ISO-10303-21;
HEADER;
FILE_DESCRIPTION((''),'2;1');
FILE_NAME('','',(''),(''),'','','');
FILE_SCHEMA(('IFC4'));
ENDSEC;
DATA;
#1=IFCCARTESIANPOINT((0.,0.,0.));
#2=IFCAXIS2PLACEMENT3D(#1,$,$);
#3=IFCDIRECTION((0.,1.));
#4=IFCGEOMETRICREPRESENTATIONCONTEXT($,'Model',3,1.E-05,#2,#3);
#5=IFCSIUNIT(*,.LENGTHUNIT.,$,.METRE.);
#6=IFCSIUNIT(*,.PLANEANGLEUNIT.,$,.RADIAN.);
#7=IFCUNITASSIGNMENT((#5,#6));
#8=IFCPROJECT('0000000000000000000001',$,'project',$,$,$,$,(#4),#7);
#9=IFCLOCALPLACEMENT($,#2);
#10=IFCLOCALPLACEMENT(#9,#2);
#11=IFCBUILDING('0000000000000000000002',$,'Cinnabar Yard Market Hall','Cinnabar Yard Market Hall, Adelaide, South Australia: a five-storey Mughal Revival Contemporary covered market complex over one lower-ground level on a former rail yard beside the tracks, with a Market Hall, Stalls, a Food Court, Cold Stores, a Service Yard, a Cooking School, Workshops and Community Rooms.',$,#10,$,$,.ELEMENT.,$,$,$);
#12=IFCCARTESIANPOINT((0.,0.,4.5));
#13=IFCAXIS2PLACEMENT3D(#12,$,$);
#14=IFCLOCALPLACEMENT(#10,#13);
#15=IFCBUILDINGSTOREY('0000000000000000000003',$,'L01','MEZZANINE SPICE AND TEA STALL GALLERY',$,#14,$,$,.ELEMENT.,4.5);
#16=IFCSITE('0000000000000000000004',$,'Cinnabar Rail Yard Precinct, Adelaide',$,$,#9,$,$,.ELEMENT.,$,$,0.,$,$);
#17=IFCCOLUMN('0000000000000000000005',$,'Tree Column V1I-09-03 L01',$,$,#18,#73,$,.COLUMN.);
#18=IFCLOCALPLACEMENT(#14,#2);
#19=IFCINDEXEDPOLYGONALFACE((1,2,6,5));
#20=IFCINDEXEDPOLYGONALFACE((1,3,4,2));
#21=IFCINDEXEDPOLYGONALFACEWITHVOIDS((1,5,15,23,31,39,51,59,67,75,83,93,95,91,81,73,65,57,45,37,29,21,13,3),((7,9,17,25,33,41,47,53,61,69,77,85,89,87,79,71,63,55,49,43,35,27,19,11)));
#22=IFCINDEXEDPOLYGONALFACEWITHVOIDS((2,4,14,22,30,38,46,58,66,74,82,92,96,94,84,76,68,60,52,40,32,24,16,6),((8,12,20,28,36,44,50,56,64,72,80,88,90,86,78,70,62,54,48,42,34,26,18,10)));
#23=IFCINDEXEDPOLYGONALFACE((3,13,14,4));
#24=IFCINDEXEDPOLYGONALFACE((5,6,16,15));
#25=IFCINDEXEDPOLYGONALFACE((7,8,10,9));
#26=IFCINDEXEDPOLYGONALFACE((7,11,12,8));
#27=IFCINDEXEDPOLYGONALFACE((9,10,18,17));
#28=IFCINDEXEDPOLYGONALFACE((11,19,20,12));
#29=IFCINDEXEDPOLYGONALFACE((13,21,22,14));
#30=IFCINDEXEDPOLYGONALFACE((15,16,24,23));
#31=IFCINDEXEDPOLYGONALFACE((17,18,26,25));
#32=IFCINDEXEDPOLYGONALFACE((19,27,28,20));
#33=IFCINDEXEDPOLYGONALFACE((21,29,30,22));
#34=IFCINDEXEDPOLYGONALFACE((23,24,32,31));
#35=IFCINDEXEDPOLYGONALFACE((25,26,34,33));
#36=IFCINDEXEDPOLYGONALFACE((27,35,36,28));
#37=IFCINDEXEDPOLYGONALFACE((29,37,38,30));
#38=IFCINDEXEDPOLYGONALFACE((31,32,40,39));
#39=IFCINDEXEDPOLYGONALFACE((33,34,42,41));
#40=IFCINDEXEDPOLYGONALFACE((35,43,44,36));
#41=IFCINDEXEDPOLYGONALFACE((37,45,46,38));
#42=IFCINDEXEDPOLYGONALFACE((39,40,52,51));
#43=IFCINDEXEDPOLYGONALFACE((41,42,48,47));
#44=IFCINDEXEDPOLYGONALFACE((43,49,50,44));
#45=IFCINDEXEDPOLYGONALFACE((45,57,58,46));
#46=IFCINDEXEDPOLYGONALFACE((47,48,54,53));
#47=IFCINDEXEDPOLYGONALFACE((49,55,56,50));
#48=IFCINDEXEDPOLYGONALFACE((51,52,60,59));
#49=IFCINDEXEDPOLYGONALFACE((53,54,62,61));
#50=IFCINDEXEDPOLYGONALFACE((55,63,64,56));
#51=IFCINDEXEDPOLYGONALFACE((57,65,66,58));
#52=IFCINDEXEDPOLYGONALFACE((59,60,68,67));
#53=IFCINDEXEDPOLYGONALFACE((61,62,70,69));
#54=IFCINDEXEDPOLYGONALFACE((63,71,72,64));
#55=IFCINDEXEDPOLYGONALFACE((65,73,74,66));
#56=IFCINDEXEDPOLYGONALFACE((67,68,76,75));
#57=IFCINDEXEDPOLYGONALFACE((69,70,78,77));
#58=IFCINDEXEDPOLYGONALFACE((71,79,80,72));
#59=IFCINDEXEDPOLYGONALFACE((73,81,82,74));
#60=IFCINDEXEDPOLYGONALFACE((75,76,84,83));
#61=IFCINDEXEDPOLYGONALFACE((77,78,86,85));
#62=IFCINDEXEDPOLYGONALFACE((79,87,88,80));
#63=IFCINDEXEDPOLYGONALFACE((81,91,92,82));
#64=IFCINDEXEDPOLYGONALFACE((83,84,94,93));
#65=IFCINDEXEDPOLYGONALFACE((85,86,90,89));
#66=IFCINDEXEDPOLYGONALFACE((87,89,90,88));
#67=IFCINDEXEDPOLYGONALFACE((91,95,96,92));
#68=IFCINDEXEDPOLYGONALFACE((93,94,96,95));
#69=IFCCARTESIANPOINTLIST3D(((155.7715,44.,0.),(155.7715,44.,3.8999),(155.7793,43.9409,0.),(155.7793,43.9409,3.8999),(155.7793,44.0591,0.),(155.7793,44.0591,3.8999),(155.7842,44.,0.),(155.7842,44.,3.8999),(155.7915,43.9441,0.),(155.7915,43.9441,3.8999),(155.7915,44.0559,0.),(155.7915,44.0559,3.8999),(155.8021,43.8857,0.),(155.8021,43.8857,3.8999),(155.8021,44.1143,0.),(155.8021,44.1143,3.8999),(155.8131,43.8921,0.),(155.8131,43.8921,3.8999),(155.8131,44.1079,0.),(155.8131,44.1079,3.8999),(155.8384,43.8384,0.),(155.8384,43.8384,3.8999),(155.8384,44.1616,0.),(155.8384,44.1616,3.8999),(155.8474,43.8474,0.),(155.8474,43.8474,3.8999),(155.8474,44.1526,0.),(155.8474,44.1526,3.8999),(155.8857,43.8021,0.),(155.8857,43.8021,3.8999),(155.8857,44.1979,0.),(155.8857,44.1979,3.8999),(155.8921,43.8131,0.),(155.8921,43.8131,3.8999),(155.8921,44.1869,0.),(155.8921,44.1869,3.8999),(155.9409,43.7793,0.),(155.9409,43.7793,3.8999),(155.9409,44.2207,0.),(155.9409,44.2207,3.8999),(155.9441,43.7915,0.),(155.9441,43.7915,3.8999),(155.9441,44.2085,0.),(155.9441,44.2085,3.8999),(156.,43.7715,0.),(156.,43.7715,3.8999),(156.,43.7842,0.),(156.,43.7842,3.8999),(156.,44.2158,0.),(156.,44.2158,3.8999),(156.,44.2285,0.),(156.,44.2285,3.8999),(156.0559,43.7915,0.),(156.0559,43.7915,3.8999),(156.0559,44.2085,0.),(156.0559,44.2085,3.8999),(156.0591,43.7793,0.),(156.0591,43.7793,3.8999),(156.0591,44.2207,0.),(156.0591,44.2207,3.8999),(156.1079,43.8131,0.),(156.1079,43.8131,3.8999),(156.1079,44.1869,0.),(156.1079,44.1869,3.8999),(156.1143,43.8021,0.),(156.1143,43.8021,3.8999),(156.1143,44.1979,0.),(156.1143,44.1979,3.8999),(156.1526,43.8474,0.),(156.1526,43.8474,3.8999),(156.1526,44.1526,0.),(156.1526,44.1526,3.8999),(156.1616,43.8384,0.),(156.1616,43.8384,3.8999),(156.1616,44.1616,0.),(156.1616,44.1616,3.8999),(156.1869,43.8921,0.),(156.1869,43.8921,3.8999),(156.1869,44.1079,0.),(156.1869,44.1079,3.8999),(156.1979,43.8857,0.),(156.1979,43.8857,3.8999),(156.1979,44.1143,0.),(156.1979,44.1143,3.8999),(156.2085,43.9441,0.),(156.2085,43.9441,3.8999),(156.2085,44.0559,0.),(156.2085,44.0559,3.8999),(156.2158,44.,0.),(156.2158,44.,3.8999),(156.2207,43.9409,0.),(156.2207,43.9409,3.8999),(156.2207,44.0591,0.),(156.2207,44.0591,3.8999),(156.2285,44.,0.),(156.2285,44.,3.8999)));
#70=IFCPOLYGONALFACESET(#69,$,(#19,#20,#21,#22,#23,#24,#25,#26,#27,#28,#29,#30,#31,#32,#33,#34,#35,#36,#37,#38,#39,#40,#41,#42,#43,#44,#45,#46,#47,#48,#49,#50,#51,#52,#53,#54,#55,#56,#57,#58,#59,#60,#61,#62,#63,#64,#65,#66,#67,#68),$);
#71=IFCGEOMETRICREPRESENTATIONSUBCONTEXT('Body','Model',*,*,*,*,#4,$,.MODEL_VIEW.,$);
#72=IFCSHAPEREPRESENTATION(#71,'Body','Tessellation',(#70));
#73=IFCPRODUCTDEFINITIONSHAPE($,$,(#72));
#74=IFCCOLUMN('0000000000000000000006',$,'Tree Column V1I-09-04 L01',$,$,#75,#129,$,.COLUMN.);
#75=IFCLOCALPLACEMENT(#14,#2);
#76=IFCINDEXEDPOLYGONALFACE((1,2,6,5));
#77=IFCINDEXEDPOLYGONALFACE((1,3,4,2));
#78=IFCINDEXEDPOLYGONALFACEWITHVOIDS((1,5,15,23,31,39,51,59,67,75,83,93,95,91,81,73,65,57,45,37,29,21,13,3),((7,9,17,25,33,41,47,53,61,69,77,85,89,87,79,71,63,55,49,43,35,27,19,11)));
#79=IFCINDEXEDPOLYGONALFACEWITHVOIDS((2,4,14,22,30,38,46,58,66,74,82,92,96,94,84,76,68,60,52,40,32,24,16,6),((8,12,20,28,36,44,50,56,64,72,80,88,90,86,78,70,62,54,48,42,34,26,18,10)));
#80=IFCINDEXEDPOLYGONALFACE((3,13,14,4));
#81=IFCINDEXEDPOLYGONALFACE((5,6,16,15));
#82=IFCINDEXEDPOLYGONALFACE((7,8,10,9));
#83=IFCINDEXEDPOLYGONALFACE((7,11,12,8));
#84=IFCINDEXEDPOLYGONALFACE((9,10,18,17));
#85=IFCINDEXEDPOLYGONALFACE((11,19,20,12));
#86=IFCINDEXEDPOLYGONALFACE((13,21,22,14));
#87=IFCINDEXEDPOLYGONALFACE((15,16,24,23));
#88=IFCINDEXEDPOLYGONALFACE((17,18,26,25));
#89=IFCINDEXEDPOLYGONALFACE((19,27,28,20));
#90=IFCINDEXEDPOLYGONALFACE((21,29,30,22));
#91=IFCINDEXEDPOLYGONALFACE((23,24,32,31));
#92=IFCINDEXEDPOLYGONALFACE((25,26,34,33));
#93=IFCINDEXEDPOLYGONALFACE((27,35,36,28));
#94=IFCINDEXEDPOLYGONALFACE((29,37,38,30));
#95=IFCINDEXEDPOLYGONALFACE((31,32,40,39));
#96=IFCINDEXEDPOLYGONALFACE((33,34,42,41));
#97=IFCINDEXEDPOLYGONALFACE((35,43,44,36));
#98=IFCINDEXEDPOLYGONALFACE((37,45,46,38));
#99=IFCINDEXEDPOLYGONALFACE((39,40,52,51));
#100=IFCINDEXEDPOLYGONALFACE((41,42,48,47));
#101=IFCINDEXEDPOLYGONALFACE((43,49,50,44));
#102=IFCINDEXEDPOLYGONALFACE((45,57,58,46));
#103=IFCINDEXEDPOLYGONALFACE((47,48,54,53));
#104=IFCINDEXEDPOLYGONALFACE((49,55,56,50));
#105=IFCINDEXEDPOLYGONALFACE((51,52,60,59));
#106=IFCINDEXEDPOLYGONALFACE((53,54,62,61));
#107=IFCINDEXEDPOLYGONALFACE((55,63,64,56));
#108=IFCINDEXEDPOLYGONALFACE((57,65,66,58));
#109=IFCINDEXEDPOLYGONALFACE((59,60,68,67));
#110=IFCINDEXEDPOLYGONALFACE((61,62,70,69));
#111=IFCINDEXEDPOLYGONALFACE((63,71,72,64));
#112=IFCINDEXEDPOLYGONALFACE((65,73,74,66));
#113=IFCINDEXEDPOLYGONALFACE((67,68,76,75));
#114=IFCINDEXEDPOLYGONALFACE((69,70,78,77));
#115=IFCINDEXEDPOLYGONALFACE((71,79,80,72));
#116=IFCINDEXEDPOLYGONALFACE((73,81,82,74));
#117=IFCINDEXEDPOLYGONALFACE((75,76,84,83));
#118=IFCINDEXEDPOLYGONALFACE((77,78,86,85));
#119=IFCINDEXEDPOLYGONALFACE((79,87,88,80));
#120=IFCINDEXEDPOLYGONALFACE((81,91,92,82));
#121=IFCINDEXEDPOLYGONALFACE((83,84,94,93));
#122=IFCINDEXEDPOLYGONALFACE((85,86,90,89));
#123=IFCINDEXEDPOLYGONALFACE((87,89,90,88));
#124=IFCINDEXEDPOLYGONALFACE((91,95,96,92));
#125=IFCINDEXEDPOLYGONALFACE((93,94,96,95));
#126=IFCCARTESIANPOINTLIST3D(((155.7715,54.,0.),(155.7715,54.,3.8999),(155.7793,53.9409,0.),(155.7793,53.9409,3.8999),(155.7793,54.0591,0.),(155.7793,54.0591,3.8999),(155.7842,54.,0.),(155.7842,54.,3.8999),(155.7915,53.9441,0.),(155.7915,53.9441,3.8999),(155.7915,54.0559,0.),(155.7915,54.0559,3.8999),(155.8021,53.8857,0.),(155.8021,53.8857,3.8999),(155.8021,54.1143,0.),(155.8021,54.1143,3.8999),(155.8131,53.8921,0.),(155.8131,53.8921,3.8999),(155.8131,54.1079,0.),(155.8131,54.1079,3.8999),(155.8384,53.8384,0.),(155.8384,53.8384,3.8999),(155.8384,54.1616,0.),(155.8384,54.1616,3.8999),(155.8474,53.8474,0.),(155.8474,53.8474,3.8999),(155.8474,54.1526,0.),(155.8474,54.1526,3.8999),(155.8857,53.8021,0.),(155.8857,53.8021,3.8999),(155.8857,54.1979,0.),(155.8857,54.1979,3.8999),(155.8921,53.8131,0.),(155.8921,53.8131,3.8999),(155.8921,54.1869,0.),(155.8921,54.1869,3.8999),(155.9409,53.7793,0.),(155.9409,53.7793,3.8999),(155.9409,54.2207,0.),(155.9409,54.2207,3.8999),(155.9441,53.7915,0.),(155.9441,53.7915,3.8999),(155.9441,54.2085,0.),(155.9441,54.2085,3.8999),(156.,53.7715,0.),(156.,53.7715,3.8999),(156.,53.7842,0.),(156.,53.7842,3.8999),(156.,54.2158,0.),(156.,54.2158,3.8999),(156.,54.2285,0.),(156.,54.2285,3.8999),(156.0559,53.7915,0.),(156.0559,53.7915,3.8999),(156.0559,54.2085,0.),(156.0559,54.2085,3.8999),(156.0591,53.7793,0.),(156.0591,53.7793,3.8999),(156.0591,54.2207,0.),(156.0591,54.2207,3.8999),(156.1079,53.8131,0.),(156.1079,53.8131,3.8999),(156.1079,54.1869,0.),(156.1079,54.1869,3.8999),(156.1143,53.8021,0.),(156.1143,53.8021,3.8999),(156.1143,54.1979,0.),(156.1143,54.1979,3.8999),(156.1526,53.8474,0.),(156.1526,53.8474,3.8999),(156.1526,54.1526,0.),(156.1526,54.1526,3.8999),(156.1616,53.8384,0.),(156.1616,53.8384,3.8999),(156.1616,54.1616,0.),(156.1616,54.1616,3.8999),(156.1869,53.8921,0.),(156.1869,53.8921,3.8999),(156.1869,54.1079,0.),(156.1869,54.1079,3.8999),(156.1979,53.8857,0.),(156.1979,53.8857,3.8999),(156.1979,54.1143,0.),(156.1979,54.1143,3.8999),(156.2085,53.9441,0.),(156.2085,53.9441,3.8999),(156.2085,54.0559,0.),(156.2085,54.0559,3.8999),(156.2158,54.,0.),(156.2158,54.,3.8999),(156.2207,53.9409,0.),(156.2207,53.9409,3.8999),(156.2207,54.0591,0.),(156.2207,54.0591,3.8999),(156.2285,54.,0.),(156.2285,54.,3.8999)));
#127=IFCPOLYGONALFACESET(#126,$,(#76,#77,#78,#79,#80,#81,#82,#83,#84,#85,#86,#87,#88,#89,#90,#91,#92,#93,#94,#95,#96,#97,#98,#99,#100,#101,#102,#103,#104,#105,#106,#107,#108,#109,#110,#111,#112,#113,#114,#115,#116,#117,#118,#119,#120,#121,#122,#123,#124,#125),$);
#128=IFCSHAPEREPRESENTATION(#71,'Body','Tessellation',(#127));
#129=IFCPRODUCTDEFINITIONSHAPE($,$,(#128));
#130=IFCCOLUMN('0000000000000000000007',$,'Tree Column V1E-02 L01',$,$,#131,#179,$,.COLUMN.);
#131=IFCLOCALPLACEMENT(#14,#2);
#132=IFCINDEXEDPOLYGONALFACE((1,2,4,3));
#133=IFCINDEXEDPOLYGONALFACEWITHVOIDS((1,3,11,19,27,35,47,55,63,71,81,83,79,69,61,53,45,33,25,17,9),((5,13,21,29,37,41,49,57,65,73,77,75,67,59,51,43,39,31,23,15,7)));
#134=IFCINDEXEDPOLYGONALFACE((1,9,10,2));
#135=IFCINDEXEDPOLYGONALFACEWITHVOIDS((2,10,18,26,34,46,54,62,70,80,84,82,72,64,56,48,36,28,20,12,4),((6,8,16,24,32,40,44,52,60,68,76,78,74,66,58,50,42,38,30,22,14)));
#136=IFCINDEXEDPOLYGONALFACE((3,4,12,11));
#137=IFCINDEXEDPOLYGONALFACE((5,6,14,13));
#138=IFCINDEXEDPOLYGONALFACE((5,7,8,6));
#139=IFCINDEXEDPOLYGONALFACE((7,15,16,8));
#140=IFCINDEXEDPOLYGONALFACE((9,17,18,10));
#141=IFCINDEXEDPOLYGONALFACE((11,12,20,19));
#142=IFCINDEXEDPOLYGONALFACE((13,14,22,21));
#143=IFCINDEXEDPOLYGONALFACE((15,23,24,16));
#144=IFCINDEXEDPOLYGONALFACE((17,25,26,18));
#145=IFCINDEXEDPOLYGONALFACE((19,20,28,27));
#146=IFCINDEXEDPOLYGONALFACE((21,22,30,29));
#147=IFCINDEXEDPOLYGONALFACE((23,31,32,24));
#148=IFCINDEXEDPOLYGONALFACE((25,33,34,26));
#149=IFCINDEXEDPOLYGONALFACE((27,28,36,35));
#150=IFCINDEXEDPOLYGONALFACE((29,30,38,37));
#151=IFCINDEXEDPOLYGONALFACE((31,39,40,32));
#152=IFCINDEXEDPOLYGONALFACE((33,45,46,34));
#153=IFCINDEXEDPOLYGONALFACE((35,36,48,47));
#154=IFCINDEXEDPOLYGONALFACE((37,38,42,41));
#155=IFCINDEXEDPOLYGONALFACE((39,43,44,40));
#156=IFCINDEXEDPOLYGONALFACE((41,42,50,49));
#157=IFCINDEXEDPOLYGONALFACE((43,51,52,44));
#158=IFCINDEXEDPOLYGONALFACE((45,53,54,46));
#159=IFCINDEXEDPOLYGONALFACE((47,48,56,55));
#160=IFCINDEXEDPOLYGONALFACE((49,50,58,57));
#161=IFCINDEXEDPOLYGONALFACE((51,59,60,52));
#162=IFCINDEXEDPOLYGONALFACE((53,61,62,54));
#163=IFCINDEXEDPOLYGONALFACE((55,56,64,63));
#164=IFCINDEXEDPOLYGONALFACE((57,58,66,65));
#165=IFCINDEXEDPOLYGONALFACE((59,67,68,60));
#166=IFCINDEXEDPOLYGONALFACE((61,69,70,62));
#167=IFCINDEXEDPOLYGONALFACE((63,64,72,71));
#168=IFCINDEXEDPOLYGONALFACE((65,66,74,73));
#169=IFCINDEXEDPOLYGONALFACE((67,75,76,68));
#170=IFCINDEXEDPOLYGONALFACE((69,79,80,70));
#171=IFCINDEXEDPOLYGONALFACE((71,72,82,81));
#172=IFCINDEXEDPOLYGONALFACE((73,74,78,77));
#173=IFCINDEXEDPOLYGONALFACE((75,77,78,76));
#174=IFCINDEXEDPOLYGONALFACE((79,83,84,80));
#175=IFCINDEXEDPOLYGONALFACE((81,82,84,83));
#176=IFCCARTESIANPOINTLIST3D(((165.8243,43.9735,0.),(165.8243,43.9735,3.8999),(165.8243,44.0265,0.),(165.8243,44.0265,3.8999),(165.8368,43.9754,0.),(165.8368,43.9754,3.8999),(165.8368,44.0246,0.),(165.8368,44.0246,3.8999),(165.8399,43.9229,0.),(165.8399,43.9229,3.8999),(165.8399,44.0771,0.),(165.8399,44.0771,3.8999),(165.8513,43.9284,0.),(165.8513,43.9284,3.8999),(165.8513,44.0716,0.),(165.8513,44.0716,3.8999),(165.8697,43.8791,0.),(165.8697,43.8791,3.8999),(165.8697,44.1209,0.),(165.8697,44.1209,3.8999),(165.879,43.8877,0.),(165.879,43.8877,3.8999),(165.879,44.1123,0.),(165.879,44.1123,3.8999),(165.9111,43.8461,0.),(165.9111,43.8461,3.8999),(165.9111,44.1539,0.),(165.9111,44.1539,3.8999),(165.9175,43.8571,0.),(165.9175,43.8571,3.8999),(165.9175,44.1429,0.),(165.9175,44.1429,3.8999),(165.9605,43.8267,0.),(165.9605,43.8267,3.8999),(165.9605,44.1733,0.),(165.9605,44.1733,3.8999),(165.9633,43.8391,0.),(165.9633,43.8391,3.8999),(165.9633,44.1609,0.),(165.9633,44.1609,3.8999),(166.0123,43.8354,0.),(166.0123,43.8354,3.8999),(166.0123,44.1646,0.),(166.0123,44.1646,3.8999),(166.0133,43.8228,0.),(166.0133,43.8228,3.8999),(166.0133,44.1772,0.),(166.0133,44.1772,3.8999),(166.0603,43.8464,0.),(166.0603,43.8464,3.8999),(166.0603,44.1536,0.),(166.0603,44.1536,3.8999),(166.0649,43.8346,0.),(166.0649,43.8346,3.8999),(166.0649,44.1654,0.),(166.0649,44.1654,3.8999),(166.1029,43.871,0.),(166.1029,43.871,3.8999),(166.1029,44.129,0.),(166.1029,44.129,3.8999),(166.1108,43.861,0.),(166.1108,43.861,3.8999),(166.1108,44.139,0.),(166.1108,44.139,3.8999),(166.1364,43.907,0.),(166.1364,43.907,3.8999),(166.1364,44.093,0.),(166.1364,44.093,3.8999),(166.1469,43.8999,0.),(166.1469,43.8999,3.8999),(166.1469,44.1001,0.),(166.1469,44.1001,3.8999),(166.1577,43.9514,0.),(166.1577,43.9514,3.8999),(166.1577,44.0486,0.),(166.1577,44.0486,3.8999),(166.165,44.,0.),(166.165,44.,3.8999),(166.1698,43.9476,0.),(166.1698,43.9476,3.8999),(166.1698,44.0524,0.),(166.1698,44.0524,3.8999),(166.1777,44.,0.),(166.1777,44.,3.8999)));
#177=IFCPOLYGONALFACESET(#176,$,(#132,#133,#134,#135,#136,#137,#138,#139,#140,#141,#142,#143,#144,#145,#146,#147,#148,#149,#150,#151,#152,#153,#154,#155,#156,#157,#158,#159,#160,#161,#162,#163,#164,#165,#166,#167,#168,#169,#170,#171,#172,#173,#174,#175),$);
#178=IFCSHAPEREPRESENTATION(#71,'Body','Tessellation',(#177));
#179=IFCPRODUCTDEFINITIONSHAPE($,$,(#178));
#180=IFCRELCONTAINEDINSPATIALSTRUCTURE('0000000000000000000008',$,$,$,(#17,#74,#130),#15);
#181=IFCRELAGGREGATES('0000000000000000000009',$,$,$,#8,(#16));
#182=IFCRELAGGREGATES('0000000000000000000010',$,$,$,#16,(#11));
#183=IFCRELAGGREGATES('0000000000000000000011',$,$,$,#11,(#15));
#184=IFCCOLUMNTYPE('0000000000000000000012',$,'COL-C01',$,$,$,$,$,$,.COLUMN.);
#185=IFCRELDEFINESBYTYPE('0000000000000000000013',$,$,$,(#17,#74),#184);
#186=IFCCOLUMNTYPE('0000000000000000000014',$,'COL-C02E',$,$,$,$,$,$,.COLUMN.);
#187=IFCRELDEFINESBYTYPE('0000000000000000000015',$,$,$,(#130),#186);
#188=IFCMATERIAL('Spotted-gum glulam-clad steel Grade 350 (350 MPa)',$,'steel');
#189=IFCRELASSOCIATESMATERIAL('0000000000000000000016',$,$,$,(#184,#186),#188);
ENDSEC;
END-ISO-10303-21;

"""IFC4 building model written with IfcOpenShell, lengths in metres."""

from ifc_helpers import new_model, si_unit, direction, frame, origin, origin_2d_with_axis, place, context, subcontext, project, spatial, hollow_circle, extrude, material, material_profile, profile_set, type_object, element, save


model = new_model("IFC4")

# Units and contexts
model_context = context("Model", 3, precision=1e-05, world=origin(), true_north=direction((0.0, 1.0)))
body_context = subcontext(model_context, "Body", "Model", "MODEL_VIEW")
ifc_project = project(units=[si_unit("LENGTHUNIT", "METRE"), si_unit("PLANEANGLEUNIT", "RADIAN")], contexts=[model_context])

# Site, building, storey
site_placement = place(None, origin())
site = spatial("IfcSite", under=ifc_project, at=site_placement, Name="Cinnabar Rail Yard Precinct, Adelaide", CompositionType="ELEMENT", RefElevation=0.0)
building_placement = place(site_placement, origin())
building = spatial("IfcBuilding", under=site, at=building_placement, Name="Cinnabar Yard Market Hall", Description="Cinnabar Yard Market Hall, Adelaide, South Australia: a five-storey Mughal Revival Contemporary covered market complex over one lower-ground level on a former rail yard beside the tracks, with a Market Hall, Stalls, a Food Court, Cold Stores, a Service Yard, a Cooking School, Workshops and Community Rooms.", CompositionType="ELEMENT")
storey_placement = place(building_placement, frame((0.0, 0.0, 4.5)))
storey = spatial("IfcBuildingStorey", under=building, at=storey_placement, Name="L01", Description="MEZZANINE SPICE AND TEA STALL GALLERY", CompositionType="ELEMENT", Elevation=4.5)

# Columns
ifc_material_1 = material(Name="Spotted-gum glulam-clad steel Grade 350 (350 MPa)", Category="steel")
ifc_material_profile_1 = material_profile(ifc_material_1, hollow_circle(Radius=0.2285, WallThickness=0.0127, at=origin_2d_with_axis()), Name="457.0x12.7CHS")
ifc_profile_set_1 = profile_set([ifc_material_profile_1], Name="Spotted-gum glulam-clad steel Grade 350 (350 MPa)")
column_type_1 = type_object("IfcColumnType", Name="COL-C01", PredefinedType="COLUMN", material=ifc_profile_set_1)
for number, where, z_axis, x_axis, name in (
    (1, (156.0, 44.0, 0.0), (0.0, 0.0, 1.0), (1.0, 0.0, 0.0), "Tree Column V1I-09-03 L01"),
    (2, (156.0, 54.0, 0.0), (0.0, 0.0, 1.0), (1.0, 0.0, 0.0), "Tree Column V1I-09-04 L01"),
):
    element("IfcColumn", number, at=place(storey_placement, frame(where, z_axis=z_axis, x_axis=x_axis)), inside=storey, type_object=column_type_1, Name=name, PredefinedType="COLUMN", context=body_context, shape_type="SweptSolid", body=[
        extrude(hollow_circle(Radius=0.2285, WallThickness=0.0127, at=origin_2d_with_axis()), origin(), (0.0, 0.0, 1.0), 3.8999),
    ])
ifc_material_profile_2 = material_profile(ifc_material_1, hollow_circle(Radius=0.1777, WallThickness=0.0127, at=origin_2d_with_axis()), Name="355.6x12.7CHS")
ifc_profile_set_2 = profile_set([ifc_material_profile_2], Name="Spotted-gum glulam-clad steel Grade 350 (350 MPa)")
column_type_2 = type_object("IfcColumnType", Name="COL-C02E", PredefinedType="COLUMN", material=ifc_profile_set_2)
column_placement = place(storey_placement, frame((166.0, 44.0, 0.0), z_axis=(0.0, 0.0, 1.0), x_axis=(1.0, 0.0, 0.0)))
element("IfcColumn", 3, at=column_placement, inside=storey, type_object=column_type_2, Name="Tree Column V1E-02 L01", PredefinedType="COLUMN", context=body_context, shape_type="SweptSolid", body=[
    extrude(hollow_circle(Radius=0.1777, WallThickness=0.0127, at=origin_2d_with_axis()), origin(), (0.0, 0.0, 1.0), 3.8999),
])

save(model, "model.ifc")
